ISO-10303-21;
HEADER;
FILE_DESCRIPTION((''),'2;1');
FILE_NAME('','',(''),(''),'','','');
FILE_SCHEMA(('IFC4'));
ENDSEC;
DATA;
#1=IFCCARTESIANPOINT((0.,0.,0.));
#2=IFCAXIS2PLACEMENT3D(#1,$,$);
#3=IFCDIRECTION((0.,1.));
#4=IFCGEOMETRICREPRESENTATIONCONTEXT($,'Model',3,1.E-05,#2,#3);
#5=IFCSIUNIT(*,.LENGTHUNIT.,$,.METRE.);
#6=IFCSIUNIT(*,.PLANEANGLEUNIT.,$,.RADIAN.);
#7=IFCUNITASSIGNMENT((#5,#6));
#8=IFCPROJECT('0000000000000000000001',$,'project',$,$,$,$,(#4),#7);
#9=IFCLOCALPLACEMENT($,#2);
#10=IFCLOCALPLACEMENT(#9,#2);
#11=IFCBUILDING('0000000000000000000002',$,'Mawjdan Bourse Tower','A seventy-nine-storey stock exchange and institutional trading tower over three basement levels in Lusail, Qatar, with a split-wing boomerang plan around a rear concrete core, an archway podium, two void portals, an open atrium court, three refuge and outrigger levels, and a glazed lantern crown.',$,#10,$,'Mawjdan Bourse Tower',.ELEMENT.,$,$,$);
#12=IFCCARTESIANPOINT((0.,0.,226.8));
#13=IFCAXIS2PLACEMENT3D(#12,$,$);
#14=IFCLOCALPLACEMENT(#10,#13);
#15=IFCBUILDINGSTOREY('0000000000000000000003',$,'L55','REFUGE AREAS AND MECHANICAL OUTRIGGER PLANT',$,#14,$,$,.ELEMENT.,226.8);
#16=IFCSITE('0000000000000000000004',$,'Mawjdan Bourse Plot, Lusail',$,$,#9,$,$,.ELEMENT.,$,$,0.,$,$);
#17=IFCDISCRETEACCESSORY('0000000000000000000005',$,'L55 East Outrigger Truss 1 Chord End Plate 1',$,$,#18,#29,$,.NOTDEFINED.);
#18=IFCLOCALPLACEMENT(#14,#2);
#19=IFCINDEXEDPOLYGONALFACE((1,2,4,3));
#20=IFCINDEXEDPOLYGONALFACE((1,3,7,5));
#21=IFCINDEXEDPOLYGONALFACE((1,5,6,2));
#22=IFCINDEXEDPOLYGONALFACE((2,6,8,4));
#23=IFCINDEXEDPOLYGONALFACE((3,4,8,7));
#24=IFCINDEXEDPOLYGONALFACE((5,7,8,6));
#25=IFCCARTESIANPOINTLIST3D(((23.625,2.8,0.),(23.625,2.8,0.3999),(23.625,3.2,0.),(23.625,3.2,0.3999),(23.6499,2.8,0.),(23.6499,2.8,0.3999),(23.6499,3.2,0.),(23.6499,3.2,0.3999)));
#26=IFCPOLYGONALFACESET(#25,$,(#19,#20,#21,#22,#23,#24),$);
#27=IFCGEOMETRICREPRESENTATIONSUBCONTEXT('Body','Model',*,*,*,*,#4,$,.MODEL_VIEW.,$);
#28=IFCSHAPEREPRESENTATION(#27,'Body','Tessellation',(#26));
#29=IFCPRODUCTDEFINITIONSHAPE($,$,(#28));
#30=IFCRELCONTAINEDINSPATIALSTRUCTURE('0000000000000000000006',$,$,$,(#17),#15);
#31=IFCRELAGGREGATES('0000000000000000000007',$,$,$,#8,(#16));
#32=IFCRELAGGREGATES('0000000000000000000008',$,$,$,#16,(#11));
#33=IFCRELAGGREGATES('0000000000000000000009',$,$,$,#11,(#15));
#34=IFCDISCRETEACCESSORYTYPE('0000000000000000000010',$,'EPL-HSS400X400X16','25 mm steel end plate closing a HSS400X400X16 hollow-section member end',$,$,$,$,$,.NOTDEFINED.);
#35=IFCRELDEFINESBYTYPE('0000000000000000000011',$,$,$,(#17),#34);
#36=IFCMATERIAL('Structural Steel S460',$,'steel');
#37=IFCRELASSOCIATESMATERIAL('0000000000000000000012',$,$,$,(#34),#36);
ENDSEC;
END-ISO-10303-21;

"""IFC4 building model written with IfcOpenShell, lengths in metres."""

from ifc_helpers import new_model, si_unit, direction, frame, origin, origin_2d, place, context, subcontext, project, spatial, rectangle, extrude, material, material_profile, profile_set, type_object, element, save


model = new_model("IFC4")

# Units and contexts
model_context = context("Model", 3, precision=1e-05, world=origin(), true_north=direction((0.0, 1.0)))
body_context = subcontext(model_context, "Body", "Model", "MODEL_VIEW")
ifc_project = project(units=[si_unit("LENGTHUNIT", "METRE"), si_unit("PLANEANGLEUNIT", "RADIAN")], contexts=[model_context])

# Site, building, storey
site_placement = place(None, origin())
site = spatial("IfcSite", under=ifc_project, at=site_placement, Name="Mawjdan Bourse Plot, Lusail", CompositionType="ELEMENT", RefElevation=0.0)
building_placement = place(site_placement, origin())
building = spatial("IfcBuilding", under=site, at=building_placement, Name="Mawjdan Bourse Tower", Description="A seventy-nine-storey stock exchange and institutional trading tower over three basement levels in Lusail, Qatar, with a split-wing boomerang plan around a rear concrete core, an archway podium, two void portals, an open atrium court, three refuge and outrigger levels, and a glazed lantern crown.", LongName="Mawjdan Bourse Tower", CompositionType="ELEMENT")
storey_placement = place(building_placement, frame((0.0, 0.0, 226.8)))
storey = spatial("IfcBuildingStorey", under=building, at=storey_placement, Name="L55", Description="REFUGE AREAS AND MECHANICAL OUTRIGGER PLANT", CompositionType="ELEMENT", Elevation=226.8)

# Shared definitions
ifc_material_1 = material(Name="Structural Steel S460", Category="steel")

# Discrete accessory
ifc_material_profile_1 = material_profile(ifc_material_1, rectangle(XDim=0.3999, YDim=0.3999, at=origin_2d()), Name="EPL-HSS400X400X16")
ifc_profile_set_1 = profile_set([ifc_material_profile_1], Name="Structural Steel S460")
discrete_accessory_type = type_object("IfcDiscreteAccessoryType", Name="EPL-HSS400X400X16", Description="25 mm steel end plate closing a HSS400X400X16 hollow-section member end", PredefinedType="NOTDEFINED", material=ifc_profile_set_1)
discrete_accessory_placement = place(storey_placement, frame((23.6499, 3.0, 0.2), z_axis=(-1.0, 0.0, 0.0), x_axis=(0.0, -1.0, 0.0)))
element("IfcDiscreteAccessory", 1, at=discrete_accessory_placement, inside=storey, type_object=discrete_accessory_type, Name="L55 East Outrigger Truss 1 Chord End Plate 1", PredefinedType="NOTDEFINED", context=body_context, shape_type="SweptSolid", body=[
    extrude(rectangle(XDim=0.3999, YDim=0.3999, at=origin_2d()), origin(), (0.0, 0.0, 1.0), 0.0249),
])

save(model, "model.ifc")
